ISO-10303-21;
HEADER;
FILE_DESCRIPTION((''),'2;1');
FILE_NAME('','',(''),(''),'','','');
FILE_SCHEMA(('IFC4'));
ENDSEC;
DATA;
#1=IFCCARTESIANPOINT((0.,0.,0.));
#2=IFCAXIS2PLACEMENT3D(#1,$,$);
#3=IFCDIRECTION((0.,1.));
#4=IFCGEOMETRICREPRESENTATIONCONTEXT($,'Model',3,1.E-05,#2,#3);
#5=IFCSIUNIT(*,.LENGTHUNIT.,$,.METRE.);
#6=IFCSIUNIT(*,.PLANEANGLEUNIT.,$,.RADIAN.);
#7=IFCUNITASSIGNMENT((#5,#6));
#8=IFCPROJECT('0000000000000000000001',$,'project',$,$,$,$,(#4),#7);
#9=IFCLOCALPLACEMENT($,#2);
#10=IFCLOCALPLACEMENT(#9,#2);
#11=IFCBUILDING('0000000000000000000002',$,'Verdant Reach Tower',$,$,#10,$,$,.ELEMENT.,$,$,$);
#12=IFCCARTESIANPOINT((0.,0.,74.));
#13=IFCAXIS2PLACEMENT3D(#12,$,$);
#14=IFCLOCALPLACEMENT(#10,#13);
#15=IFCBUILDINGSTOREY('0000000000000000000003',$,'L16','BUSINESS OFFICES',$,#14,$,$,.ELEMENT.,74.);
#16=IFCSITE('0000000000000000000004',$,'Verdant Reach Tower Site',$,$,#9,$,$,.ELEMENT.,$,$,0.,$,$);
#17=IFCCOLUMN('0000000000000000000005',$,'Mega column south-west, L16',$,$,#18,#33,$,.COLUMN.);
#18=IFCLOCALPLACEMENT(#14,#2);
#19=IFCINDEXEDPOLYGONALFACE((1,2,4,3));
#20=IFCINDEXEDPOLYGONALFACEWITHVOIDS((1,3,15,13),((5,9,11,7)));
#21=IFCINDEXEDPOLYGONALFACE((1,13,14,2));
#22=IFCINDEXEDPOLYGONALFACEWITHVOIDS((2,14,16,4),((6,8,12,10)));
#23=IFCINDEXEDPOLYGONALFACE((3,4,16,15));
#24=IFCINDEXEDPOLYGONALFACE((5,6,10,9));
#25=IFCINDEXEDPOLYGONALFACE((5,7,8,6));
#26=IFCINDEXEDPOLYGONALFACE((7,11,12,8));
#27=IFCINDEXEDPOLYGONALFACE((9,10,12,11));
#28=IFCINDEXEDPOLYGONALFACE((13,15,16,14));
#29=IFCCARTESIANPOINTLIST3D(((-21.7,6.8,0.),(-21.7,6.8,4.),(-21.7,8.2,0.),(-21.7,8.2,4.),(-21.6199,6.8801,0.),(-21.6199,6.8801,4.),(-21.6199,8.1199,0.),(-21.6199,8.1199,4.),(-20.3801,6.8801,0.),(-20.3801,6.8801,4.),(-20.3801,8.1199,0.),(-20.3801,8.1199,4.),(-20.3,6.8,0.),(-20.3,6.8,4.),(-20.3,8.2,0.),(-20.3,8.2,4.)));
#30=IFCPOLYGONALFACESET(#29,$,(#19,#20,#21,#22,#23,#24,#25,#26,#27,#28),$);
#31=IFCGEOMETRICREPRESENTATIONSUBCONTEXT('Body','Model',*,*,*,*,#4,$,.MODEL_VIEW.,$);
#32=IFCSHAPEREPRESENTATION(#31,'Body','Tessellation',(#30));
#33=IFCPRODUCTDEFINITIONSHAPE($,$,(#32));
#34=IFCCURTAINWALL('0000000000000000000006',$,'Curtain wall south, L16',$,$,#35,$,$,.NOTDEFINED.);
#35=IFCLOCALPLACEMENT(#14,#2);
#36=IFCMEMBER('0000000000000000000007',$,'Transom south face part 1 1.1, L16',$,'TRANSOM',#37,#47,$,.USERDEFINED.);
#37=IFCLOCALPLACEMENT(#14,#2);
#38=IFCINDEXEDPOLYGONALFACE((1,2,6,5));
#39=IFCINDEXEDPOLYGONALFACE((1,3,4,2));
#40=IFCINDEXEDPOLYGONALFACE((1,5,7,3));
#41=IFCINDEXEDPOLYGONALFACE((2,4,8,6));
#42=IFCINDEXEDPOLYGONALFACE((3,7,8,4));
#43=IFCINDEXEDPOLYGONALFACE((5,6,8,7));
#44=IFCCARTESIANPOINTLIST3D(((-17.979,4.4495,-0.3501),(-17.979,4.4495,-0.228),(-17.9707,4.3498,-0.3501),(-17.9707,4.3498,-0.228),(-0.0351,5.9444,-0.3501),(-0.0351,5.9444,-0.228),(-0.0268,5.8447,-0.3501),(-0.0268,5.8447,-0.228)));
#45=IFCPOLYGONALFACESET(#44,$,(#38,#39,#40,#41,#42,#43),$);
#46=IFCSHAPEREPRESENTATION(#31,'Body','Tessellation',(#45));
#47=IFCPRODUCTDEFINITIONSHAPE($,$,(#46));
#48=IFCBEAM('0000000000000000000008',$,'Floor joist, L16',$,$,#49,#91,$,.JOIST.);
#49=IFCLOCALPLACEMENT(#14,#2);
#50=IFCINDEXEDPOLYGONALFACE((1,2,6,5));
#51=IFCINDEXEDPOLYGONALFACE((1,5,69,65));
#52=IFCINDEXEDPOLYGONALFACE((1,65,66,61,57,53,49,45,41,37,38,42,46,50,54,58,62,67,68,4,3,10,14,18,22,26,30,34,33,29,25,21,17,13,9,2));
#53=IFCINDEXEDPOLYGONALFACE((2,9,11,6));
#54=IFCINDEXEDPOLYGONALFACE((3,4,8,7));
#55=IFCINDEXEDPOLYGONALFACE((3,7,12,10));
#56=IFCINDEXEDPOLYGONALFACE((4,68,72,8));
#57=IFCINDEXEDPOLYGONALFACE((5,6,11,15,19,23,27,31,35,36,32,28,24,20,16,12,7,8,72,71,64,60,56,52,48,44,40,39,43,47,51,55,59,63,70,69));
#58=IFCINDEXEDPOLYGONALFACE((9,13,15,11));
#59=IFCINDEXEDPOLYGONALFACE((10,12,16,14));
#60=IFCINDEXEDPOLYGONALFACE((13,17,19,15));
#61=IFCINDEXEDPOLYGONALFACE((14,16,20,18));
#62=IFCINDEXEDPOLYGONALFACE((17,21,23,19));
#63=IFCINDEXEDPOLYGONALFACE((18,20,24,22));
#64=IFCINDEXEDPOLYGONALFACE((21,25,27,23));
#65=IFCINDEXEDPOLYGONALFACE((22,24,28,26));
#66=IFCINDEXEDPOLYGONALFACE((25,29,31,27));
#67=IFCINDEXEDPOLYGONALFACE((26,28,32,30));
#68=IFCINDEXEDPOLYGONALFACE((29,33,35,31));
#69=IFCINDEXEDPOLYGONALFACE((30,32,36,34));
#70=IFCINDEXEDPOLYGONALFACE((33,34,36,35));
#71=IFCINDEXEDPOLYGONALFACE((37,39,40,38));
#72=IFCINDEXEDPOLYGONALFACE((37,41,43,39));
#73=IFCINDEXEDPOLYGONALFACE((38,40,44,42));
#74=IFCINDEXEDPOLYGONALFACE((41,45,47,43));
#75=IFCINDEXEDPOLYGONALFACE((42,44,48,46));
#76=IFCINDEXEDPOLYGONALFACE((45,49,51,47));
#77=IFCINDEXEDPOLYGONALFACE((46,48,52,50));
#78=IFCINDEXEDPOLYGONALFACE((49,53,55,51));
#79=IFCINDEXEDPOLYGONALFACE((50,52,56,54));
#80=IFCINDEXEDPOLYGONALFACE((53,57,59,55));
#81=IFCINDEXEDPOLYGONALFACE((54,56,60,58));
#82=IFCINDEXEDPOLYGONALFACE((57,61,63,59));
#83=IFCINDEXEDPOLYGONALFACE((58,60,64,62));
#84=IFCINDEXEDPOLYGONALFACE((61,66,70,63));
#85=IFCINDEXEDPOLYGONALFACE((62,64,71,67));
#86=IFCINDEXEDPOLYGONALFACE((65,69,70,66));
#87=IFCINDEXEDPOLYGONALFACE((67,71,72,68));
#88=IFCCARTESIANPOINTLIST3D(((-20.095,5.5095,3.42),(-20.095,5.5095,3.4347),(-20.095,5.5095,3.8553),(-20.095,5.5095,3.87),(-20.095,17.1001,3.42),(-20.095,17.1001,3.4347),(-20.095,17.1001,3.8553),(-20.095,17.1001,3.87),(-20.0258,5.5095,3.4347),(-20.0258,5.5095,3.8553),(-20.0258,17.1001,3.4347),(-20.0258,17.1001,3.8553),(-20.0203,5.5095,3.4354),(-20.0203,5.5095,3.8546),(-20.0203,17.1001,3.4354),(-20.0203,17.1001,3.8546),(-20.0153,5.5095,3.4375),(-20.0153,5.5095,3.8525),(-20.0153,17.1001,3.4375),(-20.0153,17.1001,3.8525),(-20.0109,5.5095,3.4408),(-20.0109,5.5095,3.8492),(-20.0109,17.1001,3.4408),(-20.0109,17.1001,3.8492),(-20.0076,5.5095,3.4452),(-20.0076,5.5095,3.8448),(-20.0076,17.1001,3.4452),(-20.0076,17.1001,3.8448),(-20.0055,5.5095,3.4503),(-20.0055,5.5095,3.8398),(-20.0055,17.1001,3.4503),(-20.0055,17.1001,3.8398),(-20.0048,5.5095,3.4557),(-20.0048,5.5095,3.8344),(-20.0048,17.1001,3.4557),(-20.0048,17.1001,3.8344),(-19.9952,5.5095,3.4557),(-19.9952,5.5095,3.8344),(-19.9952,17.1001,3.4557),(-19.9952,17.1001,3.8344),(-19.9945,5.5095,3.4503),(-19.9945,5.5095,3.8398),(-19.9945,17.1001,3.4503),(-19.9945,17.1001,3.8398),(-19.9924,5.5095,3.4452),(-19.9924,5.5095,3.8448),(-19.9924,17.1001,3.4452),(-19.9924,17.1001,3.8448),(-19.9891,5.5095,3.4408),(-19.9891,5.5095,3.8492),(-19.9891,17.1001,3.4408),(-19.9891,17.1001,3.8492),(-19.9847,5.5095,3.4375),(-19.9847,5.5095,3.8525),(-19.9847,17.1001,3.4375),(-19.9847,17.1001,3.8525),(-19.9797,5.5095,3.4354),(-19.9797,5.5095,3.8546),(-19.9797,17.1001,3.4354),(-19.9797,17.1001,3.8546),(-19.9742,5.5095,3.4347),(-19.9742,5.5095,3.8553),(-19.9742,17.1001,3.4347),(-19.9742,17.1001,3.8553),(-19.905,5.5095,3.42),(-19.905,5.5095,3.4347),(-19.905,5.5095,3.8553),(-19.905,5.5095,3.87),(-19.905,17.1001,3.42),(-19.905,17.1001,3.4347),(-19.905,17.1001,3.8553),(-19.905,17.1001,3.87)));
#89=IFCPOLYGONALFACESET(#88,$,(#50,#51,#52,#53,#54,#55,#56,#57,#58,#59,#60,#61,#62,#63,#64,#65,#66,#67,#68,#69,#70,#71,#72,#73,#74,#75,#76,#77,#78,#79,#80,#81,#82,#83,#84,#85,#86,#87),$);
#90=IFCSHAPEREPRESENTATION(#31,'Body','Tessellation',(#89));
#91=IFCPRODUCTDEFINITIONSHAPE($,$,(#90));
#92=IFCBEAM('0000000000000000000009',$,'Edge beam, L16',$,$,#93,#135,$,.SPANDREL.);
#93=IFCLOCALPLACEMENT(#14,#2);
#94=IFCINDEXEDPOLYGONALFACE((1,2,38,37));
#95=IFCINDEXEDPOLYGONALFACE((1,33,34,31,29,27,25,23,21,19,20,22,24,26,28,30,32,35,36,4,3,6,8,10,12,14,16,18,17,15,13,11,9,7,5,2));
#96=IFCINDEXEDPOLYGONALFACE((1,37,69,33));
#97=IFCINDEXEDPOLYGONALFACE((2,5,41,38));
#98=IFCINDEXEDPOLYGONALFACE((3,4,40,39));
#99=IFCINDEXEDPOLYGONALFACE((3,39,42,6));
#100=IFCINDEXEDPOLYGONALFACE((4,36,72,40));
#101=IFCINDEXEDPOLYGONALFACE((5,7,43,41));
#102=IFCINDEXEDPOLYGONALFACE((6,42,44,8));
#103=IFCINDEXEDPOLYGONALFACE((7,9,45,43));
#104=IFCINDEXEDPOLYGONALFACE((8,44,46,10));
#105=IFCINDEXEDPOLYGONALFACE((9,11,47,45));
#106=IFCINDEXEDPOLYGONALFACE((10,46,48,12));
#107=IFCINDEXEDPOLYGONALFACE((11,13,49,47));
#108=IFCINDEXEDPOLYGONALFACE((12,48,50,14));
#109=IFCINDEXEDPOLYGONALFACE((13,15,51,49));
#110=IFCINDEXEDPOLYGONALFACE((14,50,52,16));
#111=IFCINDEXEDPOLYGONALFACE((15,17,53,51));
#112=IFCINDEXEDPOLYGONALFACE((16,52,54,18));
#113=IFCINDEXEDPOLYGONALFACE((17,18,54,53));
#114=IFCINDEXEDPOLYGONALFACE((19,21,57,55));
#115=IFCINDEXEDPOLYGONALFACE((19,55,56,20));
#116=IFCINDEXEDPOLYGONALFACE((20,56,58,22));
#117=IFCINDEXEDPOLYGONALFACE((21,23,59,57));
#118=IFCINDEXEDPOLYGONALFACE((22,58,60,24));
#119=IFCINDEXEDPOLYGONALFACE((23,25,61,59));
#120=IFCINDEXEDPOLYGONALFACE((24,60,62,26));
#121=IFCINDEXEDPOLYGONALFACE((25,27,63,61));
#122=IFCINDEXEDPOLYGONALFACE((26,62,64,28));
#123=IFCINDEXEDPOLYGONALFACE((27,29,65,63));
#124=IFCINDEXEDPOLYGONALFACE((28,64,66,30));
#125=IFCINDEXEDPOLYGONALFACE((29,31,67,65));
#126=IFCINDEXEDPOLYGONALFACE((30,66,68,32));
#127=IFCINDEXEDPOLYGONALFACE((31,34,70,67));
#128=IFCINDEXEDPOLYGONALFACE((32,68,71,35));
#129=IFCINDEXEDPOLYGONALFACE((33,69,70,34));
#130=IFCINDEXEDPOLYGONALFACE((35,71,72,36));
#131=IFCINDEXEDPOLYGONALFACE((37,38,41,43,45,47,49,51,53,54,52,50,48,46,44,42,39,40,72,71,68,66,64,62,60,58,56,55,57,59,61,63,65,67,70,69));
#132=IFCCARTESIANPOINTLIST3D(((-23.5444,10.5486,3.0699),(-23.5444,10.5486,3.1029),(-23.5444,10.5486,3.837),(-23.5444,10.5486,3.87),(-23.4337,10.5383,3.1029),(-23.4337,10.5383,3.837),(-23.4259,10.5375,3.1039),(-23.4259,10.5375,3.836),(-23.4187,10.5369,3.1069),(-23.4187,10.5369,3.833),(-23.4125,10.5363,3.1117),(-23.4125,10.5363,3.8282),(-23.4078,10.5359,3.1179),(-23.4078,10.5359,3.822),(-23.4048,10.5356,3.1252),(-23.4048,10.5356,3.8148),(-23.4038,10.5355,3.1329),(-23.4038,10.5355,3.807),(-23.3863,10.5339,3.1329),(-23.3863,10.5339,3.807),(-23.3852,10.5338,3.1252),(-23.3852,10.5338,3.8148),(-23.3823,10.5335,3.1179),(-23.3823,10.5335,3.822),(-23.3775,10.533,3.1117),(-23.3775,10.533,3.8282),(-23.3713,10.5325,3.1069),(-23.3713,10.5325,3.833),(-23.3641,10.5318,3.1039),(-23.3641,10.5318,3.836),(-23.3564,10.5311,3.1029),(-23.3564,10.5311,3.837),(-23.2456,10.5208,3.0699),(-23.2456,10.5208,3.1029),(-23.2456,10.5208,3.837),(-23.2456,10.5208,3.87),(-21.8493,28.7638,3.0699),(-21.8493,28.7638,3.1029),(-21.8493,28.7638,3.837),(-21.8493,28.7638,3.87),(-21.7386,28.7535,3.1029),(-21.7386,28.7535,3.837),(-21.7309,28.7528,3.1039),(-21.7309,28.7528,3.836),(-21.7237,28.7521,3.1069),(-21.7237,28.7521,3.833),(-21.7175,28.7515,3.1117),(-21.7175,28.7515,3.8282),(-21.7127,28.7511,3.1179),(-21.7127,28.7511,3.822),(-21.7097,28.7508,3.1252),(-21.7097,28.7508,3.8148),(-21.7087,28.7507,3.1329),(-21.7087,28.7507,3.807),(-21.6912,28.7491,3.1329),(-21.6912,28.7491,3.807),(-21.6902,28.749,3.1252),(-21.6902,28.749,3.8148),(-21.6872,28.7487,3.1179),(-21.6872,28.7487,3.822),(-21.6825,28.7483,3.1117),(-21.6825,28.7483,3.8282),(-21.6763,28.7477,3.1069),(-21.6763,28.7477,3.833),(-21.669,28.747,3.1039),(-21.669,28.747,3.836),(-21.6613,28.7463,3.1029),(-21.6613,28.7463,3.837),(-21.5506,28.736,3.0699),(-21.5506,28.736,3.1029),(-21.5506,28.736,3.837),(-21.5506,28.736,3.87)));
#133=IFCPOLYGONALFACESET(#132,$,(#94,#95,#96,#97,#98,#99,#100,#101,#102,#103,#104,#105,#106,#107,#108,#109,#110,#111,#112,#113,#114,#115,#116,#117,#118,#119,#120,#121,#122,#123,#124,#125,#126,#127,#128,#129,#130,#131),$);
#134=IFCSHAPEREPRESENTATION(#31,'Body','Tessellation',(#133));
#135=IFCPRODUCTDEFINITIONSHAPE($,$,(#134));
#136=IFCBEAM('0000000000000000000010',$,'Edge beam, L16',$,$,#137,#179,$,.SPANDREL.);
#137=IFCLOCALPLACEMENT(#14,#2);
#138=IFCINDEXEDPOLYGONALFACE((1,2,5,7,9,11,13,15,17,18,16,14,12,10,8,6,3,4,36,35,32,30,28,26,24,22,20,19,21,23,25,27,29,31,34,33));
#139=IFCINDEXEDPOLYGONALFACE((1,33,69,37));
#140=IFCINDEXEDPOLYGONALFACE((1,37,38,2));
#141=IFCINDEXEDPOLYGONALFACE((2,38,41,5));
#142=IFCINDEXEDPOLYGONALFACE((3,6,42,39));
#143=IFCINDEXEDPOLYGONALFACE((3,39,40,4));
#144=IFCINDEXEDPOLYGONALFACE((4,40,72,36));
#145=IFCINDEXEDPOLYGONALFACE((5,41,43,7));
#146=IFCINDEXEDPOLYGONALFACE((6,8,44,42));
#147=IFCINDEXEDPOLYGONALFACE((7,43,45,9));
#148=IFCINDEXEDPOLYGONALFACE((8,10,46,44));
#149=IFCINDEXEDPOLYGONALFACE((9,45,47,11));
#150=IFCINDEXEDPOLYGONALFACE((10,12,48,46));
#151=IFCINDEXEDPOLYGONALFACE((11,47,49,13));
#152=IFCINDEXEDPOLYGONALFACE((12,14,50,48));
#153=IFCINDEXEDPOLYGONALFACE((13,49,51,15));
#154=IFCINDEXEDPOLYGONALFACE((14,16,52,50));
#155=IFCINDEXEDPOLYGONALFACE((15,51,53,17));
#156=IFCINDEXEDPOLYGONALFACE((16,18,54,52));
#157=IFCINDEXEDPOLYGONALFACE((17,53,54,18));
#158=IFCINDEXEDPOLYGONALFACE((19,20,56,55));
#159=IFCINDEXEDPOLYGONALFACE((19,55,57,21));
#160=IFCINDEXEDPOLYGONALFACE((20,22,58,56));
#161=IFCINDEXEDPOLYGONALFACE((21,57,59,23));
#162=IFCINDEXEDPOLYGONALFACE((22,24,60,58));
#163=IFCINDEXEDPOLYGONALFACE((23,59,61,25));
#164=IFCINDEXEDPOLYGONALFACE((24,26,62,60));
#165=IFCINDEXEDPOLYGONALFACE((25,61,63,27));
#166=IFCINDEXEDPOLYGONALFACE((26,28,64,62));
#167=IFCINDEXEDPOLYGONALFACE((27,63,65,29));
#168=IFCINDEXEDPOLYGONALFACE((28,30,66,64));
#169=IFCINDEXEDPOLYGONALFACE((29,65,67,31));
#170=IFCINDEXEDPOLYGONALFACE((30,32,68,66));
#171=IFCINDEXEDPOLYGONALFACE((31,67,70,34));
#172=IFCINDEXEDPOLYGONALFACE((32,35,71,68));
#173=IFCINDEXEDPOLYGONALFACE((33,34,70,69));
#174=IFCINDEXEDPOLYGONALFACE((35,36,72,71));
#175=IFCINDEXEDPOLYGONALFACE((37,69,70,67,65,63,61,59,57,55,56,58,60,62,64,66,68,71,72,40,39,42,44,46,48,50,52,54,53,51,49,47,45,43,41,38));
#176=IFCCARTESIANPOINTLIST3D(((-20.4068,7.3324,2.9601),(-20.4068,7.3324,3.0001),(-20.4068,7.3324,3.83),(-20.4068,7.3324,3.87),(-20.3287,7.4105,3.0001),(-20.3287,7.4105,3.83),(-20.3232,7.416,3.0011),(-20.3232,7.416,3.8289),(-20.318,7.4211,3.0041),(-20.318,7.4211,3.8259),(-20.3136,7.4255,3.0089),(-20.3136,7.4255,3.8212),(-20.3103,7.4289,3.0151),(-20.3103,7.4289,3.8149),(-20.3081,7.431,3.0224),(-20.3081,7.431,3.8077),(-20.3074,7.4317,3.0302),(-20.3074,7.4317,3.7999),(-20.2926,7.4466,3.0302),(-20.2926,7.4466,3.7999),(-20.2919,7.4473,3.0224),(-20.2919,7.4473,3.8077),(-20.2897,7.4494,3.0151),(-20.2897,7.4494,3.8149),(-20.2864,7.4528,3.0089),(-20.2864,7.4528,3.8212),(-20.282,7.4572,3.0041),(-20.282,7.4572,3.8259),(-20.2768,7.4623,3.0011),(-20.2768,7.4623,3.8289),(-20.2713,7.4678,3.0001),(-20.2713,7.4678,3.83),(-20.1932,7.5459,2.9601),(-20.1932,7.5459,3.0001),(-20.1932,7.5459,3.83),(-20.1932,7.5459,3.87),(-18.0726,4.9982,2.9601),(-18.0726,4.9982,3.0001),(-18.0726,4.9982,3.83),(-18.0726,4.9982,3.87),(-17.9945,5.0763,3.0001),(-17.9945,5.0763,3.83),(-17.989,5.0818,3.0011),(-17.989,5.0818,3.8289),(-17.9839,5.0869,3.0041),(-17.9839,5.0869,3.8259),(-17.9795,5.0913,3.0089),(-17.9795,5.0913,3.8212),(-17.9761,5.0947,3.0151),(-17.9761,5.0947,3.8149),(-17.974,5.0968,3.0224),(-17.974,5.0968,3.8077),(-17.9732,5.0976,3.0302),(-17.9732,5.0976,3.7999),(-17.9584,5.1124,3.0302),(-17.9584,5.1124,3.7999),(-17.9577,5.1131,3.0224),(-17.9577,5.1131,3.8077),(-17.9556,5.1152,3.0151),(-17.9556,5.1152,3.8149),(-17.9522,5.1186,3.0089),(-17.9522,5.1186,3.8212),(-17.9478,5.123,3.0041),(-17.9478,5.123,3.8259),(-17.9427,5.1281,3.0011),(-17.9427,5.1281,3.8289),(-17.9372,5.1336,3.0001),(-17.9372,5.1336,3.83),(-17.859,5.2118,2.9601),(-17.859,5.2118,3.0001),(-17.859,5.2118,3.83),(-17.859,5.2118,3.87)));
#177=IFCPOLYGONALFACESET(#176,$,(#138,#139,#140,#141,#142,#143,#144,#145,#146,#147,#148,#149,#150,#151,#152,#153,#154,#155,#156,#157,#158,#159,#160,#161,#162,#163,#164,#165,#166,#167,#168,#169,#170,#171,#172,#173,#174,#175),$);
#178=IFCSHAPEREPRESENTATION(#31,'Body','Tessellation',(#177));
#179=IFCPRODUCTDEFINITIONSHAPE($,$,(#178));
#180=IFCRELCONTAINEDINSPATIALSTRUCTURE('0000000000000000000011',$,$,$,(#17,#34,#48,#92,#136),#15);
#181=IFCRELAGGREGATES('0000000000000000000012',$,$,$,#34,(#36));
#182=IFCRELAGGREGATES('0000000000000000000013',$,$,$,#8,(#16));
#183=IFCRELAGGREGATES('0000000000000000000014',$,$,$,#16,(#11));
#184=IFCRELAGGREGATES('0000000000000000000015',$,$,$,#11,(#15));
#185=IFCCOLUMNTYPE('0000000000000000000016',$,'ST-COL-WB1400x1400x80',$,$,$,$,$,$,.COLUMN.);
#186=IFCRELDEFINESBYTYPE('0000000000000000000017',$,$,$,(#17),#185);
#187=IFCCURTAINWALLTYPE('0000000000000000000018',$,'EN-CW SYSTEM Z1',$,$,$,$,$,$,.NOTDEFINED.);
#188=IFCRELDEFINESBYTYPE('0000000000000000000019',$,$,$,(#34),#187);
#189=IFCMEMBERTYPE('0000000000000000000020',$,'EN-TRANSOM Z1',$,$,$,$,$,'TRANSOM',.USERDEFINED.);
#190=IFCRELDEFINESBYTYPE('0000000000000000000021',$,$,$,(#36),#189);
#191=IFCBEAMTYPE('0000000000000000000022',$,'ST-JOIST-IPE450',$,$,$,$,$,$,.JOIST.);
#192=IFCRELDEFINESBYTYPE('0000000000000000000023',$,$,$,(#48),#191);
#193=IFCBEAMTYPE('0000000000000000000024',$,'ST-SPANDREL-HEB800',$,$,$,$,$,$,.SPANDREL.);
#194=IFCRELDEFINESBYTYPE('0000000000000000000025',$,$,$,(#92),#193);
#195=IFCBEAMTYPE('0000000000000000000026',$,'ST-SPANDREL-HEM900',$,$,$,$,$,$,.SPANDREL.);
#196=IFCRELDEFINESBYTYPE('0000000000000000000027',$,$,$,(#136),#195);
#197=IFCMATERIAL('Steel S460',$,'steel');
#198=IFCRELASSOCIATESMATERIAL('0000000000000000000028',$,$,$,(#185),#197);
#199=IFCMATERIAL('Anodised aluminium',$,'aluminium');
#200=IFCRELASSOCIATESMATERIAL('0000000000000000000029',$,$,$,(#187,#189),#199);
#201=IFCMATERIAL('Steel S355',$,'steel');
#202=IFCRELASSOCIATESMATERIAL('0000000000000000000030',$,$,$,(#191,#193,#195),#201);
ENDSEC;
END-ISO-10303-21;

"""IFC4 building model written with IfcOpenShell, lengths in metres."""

from ifc_helpers import new_model, si_unit, direction, frame, origin, origin_2d, place, context, subcontext, project, spatial, rectangle, hollow_rectangle, i_section, extrude, material, material_profile, profile_set, type_object, element, aggregate, save


model = new_model("IFC4")

# Units and contexts
model_context = context("Model", 3, precision=1e-05, world=origin(), true_north=direction((0.0, 1.0)))
body_context = subcontext(model_context, "Body", "Model", "MODEL_VIEW")
ifc_project = project(units=[si_unit("LENGTHUNIT", "METRE"), si_unit("PLANEANGLEUNIT", "RADIAN")], contexts=[model_context])

# Site, building, storey
site_placement = place(None, origin())
site = spatial("IfcSite", under=ifc_project, at=site_placement, Name="Verdant Reach Tower Site", CompositionType="ELEMENT", RefElevation=0.0)
building_placement = place(site_placement, origin())
building = spatial("IfcBuilding", under=site, at=building_placement, Name="Verdant Reach Tower", CompositionType="ELEMENT")
storey_placement = place(building_placement, frame((0.0, 0.0, 74.0)))
storey = spatial("IfcBuildingStorey", under=building, at=storey_placement, Name="L16", Description="BUSINESS OFFICES", CompositionType="ELEMENT", Elevation=74.0)

# Column
ifc_material_1 = material(Name="Steel S460", Category="steel")
ifc_material_profile_1 = material_profile(ifc_material_1, hollow_rectangle(XDim=1.3999, YDim=1.3999, WallThickness=0.0801, at=origin_2d()), Name="WB 1400x1400x80")
ifc_profile_set_1 = profile_set([ifc_material_profile_1], Name="Steel S460")
column_type = type_object("IfcColumnType", Name="ST-COL-WB1400x1400x80", PredefinedType="COLUMN", material=ifc_profile_set_1)
column_placement = place(storey_placement, frame((-21.0, 7.5, 0.0), z_axis=(0.0, 0.0, 1.0), x_axis=(1.0, 0.0, 0.0)))
element("IfcColumn", 1, at=column_placement, inside=storey, type_object=column_type, Name="Mega column south-west, L16", PredefinedType="COLUMN", context=body_context, shape_type="SweptSolid", body=[
    extrude(hollow_rectangle(XDim=1.3999, YDim=1.3999, WallThickness=0.0801, at=origin_2d()), origin(), (0.0, 0.0, 1.0), 4.0),
])

# Curtain wall, member
ifc_material_2 = material(Name="Anodised aluminium", Category="aluminium")
curtain_wall_type = type_object("IfcCurtainWallType", Name="EN-CW SYSTEM Z1", PredefinedType="NOTDEFINED", material=ifc_material_2)
curtain_wall_1_placement = place(storey_placement, origin())
curtain_wall_1 = element("IfcCurtainWall", 2, at=curtain_wall_1_placement, inside=storey, type_object=curtain_wall_type, Name="Curtain wall south, L16", PredefinedType="NOTDEFINED")
ifc_material_profile_2 = material_profile(ifc_material_2, rectangle(XDim=0.1001, YDim=0.1221, at=origin_2d()), Name="Transom 122x100")
ifc_profile_set_2 = profile_set([ifc_material_profile_2], Name="Anodised aluminium")
member_type = type_object("IfcMemberType", Name="EN-TRANSOM Z1", ElementType="TRANSOM", PredefinedType="USERDEFINED", material=ifc_profile_set_2)
member_placement = place(storey_placement, frame((-17.9749, 4.3997, -0.2891), z_axis=(0.996548, 0.083021, 0.0), x_axis=(-0.083021, 0.996548, 0.0)))
member = element("IfcMember", 3, at=member_placement, type_object=member_type, Name="Transom south face part 1 1.1, L16", ObjectType="TRANSOM", PredefinedType="USERDEFINED", context=body_context, shape_type="SweptSolid", body=[
    extrude(rectangle(XDim=0.1001, YDim=0.1221, at=origin_2d()), origin(), (0.0, 0.0, 1.0), 18.0061),
])

# Beams
ifc_material_3 = material(Name="Steel S355", Category="steel")
ifc_material_profile_3 = material_profile(ifc_material_3, i_section(OverallWidth=0.1899, OverallDepth=0.45, WebThickness=0.0095, FlangeThickness=0.0146, FilletRadius=0.021, at=origin_2d()), Name="IPE 450")
ifc_profile_set_3 = profile_set([ifc_material_profile_3], Name="Steel S355")
beam_type_1 = type_object("IfcBeamType", Name="ST-JOIST-IPE450", PredefinedType="JOIST", material=ifc_profile_set_3)
beam_1_placement = place(storey_placement, frame((-20.0, 17.1001, 3.645), z_axis=(0.0, -1.0, 0.0), x_axis=(1.0, 0.0, 0.0)))
element("IfcBeam", 4, at=beam_1_placement, inside=storey, type_object=beam_type_1, Name="Floor joist, L16", PredefinedType="JOIST", context=body_context, shape_type="SweptSolid", body=[
    extrude(i_section(OverallWidth=0.1899, OverallDepth=0.45, WebThickness=0.0095, FlangeThickness=0.0146, FilletRadius=0.021, at=origin_2d()), origin(), (0.0, 0.0, 1.0), 11.5906),
])
ifc_material_profile_4 = material_profile(ifc_material_3, i_section(OverallWidth=0.3, OverallDepth=0.8, WebThickness=0.0176, FlangeThickness=0.033, FilletRadius=0.03, at=origin_2d()), Name="HEB 800")
ifc_profile_set_4 = profile_set([ifc_material_profile_4], Name="Steel S355")
beam_type_2 = type_object("IfcBeamType", Name="ST-SPANDREL-HEB800", PredefinedType="SPANDREL", material=ifc_profile_set_4)
beam_2_placement = place(storey_placement, frame((-23.395, 10.5347, 3.47), z_axis=(0.092657, 0.995698, 0.0), x_axis=(-0.995698, 0.092657, 0.0)))
element("IfcBeam", 5, at=beam_2_placement, inside=storey, type_object=beam_type_2, Name="Edge beam, L16", PredefinedType="SPANDREL", context=body_context, shape_type="SweptSolid", body=[
    extrude(i_section(OverallWidth=0.3, OverallDepth=0.8, WebThickness=0.0176, FlangeThickness=0.033, FilletRadius=0.03, at=origin_2d()), origin(), (0.0, 0.0, 1.0), 18.2939),
])
ifc_material_profile_5 = material_profile(ifc_material_3, i_section(OverallWidth=0.302, OverallDepth=0.9099, WebThickness=0.021, FlangeThickness=0.04, FilletRadius=0.03, at=origin_2d()), Name="HEM 900")
ifc_profile_set_5 = profile_set([ifc_material_profile_5], Name="Steel S355")
beam_type_3 = type_object("IfcBeamType", Name="ST-SPANDREL-HEM900", PredefinedType="SPANDREL", material=ifc_profile_set_5)
beam_3_placement = place(storey_placement, frame((-17.9658, 5.105, 3.415), z_axis=(-0.707107, 0.707107, 0.0), x_axis=(-0.707107, -0.707107, 0.0)))
element("IfcBeam", 6, at=beam_3_placement, inside=storey, type_object=beam_type_3, Name="Edge beam, L16", PredefinedType="SPANDREL", context=body_context, shape_type="SweptSolid", body=[
    extrude(i_section(OverallWidth=0.302, OverallDepth=0.9099, WebThickness=0.021, FlangeThickness=0.04, FilletRadius=0.03, at=origin_2d()), origin(), (0.0, 0.0, 1.0), 3.301),
])

aggregate(curtain_wall_1, [member])

save(model, "model.ifc")
